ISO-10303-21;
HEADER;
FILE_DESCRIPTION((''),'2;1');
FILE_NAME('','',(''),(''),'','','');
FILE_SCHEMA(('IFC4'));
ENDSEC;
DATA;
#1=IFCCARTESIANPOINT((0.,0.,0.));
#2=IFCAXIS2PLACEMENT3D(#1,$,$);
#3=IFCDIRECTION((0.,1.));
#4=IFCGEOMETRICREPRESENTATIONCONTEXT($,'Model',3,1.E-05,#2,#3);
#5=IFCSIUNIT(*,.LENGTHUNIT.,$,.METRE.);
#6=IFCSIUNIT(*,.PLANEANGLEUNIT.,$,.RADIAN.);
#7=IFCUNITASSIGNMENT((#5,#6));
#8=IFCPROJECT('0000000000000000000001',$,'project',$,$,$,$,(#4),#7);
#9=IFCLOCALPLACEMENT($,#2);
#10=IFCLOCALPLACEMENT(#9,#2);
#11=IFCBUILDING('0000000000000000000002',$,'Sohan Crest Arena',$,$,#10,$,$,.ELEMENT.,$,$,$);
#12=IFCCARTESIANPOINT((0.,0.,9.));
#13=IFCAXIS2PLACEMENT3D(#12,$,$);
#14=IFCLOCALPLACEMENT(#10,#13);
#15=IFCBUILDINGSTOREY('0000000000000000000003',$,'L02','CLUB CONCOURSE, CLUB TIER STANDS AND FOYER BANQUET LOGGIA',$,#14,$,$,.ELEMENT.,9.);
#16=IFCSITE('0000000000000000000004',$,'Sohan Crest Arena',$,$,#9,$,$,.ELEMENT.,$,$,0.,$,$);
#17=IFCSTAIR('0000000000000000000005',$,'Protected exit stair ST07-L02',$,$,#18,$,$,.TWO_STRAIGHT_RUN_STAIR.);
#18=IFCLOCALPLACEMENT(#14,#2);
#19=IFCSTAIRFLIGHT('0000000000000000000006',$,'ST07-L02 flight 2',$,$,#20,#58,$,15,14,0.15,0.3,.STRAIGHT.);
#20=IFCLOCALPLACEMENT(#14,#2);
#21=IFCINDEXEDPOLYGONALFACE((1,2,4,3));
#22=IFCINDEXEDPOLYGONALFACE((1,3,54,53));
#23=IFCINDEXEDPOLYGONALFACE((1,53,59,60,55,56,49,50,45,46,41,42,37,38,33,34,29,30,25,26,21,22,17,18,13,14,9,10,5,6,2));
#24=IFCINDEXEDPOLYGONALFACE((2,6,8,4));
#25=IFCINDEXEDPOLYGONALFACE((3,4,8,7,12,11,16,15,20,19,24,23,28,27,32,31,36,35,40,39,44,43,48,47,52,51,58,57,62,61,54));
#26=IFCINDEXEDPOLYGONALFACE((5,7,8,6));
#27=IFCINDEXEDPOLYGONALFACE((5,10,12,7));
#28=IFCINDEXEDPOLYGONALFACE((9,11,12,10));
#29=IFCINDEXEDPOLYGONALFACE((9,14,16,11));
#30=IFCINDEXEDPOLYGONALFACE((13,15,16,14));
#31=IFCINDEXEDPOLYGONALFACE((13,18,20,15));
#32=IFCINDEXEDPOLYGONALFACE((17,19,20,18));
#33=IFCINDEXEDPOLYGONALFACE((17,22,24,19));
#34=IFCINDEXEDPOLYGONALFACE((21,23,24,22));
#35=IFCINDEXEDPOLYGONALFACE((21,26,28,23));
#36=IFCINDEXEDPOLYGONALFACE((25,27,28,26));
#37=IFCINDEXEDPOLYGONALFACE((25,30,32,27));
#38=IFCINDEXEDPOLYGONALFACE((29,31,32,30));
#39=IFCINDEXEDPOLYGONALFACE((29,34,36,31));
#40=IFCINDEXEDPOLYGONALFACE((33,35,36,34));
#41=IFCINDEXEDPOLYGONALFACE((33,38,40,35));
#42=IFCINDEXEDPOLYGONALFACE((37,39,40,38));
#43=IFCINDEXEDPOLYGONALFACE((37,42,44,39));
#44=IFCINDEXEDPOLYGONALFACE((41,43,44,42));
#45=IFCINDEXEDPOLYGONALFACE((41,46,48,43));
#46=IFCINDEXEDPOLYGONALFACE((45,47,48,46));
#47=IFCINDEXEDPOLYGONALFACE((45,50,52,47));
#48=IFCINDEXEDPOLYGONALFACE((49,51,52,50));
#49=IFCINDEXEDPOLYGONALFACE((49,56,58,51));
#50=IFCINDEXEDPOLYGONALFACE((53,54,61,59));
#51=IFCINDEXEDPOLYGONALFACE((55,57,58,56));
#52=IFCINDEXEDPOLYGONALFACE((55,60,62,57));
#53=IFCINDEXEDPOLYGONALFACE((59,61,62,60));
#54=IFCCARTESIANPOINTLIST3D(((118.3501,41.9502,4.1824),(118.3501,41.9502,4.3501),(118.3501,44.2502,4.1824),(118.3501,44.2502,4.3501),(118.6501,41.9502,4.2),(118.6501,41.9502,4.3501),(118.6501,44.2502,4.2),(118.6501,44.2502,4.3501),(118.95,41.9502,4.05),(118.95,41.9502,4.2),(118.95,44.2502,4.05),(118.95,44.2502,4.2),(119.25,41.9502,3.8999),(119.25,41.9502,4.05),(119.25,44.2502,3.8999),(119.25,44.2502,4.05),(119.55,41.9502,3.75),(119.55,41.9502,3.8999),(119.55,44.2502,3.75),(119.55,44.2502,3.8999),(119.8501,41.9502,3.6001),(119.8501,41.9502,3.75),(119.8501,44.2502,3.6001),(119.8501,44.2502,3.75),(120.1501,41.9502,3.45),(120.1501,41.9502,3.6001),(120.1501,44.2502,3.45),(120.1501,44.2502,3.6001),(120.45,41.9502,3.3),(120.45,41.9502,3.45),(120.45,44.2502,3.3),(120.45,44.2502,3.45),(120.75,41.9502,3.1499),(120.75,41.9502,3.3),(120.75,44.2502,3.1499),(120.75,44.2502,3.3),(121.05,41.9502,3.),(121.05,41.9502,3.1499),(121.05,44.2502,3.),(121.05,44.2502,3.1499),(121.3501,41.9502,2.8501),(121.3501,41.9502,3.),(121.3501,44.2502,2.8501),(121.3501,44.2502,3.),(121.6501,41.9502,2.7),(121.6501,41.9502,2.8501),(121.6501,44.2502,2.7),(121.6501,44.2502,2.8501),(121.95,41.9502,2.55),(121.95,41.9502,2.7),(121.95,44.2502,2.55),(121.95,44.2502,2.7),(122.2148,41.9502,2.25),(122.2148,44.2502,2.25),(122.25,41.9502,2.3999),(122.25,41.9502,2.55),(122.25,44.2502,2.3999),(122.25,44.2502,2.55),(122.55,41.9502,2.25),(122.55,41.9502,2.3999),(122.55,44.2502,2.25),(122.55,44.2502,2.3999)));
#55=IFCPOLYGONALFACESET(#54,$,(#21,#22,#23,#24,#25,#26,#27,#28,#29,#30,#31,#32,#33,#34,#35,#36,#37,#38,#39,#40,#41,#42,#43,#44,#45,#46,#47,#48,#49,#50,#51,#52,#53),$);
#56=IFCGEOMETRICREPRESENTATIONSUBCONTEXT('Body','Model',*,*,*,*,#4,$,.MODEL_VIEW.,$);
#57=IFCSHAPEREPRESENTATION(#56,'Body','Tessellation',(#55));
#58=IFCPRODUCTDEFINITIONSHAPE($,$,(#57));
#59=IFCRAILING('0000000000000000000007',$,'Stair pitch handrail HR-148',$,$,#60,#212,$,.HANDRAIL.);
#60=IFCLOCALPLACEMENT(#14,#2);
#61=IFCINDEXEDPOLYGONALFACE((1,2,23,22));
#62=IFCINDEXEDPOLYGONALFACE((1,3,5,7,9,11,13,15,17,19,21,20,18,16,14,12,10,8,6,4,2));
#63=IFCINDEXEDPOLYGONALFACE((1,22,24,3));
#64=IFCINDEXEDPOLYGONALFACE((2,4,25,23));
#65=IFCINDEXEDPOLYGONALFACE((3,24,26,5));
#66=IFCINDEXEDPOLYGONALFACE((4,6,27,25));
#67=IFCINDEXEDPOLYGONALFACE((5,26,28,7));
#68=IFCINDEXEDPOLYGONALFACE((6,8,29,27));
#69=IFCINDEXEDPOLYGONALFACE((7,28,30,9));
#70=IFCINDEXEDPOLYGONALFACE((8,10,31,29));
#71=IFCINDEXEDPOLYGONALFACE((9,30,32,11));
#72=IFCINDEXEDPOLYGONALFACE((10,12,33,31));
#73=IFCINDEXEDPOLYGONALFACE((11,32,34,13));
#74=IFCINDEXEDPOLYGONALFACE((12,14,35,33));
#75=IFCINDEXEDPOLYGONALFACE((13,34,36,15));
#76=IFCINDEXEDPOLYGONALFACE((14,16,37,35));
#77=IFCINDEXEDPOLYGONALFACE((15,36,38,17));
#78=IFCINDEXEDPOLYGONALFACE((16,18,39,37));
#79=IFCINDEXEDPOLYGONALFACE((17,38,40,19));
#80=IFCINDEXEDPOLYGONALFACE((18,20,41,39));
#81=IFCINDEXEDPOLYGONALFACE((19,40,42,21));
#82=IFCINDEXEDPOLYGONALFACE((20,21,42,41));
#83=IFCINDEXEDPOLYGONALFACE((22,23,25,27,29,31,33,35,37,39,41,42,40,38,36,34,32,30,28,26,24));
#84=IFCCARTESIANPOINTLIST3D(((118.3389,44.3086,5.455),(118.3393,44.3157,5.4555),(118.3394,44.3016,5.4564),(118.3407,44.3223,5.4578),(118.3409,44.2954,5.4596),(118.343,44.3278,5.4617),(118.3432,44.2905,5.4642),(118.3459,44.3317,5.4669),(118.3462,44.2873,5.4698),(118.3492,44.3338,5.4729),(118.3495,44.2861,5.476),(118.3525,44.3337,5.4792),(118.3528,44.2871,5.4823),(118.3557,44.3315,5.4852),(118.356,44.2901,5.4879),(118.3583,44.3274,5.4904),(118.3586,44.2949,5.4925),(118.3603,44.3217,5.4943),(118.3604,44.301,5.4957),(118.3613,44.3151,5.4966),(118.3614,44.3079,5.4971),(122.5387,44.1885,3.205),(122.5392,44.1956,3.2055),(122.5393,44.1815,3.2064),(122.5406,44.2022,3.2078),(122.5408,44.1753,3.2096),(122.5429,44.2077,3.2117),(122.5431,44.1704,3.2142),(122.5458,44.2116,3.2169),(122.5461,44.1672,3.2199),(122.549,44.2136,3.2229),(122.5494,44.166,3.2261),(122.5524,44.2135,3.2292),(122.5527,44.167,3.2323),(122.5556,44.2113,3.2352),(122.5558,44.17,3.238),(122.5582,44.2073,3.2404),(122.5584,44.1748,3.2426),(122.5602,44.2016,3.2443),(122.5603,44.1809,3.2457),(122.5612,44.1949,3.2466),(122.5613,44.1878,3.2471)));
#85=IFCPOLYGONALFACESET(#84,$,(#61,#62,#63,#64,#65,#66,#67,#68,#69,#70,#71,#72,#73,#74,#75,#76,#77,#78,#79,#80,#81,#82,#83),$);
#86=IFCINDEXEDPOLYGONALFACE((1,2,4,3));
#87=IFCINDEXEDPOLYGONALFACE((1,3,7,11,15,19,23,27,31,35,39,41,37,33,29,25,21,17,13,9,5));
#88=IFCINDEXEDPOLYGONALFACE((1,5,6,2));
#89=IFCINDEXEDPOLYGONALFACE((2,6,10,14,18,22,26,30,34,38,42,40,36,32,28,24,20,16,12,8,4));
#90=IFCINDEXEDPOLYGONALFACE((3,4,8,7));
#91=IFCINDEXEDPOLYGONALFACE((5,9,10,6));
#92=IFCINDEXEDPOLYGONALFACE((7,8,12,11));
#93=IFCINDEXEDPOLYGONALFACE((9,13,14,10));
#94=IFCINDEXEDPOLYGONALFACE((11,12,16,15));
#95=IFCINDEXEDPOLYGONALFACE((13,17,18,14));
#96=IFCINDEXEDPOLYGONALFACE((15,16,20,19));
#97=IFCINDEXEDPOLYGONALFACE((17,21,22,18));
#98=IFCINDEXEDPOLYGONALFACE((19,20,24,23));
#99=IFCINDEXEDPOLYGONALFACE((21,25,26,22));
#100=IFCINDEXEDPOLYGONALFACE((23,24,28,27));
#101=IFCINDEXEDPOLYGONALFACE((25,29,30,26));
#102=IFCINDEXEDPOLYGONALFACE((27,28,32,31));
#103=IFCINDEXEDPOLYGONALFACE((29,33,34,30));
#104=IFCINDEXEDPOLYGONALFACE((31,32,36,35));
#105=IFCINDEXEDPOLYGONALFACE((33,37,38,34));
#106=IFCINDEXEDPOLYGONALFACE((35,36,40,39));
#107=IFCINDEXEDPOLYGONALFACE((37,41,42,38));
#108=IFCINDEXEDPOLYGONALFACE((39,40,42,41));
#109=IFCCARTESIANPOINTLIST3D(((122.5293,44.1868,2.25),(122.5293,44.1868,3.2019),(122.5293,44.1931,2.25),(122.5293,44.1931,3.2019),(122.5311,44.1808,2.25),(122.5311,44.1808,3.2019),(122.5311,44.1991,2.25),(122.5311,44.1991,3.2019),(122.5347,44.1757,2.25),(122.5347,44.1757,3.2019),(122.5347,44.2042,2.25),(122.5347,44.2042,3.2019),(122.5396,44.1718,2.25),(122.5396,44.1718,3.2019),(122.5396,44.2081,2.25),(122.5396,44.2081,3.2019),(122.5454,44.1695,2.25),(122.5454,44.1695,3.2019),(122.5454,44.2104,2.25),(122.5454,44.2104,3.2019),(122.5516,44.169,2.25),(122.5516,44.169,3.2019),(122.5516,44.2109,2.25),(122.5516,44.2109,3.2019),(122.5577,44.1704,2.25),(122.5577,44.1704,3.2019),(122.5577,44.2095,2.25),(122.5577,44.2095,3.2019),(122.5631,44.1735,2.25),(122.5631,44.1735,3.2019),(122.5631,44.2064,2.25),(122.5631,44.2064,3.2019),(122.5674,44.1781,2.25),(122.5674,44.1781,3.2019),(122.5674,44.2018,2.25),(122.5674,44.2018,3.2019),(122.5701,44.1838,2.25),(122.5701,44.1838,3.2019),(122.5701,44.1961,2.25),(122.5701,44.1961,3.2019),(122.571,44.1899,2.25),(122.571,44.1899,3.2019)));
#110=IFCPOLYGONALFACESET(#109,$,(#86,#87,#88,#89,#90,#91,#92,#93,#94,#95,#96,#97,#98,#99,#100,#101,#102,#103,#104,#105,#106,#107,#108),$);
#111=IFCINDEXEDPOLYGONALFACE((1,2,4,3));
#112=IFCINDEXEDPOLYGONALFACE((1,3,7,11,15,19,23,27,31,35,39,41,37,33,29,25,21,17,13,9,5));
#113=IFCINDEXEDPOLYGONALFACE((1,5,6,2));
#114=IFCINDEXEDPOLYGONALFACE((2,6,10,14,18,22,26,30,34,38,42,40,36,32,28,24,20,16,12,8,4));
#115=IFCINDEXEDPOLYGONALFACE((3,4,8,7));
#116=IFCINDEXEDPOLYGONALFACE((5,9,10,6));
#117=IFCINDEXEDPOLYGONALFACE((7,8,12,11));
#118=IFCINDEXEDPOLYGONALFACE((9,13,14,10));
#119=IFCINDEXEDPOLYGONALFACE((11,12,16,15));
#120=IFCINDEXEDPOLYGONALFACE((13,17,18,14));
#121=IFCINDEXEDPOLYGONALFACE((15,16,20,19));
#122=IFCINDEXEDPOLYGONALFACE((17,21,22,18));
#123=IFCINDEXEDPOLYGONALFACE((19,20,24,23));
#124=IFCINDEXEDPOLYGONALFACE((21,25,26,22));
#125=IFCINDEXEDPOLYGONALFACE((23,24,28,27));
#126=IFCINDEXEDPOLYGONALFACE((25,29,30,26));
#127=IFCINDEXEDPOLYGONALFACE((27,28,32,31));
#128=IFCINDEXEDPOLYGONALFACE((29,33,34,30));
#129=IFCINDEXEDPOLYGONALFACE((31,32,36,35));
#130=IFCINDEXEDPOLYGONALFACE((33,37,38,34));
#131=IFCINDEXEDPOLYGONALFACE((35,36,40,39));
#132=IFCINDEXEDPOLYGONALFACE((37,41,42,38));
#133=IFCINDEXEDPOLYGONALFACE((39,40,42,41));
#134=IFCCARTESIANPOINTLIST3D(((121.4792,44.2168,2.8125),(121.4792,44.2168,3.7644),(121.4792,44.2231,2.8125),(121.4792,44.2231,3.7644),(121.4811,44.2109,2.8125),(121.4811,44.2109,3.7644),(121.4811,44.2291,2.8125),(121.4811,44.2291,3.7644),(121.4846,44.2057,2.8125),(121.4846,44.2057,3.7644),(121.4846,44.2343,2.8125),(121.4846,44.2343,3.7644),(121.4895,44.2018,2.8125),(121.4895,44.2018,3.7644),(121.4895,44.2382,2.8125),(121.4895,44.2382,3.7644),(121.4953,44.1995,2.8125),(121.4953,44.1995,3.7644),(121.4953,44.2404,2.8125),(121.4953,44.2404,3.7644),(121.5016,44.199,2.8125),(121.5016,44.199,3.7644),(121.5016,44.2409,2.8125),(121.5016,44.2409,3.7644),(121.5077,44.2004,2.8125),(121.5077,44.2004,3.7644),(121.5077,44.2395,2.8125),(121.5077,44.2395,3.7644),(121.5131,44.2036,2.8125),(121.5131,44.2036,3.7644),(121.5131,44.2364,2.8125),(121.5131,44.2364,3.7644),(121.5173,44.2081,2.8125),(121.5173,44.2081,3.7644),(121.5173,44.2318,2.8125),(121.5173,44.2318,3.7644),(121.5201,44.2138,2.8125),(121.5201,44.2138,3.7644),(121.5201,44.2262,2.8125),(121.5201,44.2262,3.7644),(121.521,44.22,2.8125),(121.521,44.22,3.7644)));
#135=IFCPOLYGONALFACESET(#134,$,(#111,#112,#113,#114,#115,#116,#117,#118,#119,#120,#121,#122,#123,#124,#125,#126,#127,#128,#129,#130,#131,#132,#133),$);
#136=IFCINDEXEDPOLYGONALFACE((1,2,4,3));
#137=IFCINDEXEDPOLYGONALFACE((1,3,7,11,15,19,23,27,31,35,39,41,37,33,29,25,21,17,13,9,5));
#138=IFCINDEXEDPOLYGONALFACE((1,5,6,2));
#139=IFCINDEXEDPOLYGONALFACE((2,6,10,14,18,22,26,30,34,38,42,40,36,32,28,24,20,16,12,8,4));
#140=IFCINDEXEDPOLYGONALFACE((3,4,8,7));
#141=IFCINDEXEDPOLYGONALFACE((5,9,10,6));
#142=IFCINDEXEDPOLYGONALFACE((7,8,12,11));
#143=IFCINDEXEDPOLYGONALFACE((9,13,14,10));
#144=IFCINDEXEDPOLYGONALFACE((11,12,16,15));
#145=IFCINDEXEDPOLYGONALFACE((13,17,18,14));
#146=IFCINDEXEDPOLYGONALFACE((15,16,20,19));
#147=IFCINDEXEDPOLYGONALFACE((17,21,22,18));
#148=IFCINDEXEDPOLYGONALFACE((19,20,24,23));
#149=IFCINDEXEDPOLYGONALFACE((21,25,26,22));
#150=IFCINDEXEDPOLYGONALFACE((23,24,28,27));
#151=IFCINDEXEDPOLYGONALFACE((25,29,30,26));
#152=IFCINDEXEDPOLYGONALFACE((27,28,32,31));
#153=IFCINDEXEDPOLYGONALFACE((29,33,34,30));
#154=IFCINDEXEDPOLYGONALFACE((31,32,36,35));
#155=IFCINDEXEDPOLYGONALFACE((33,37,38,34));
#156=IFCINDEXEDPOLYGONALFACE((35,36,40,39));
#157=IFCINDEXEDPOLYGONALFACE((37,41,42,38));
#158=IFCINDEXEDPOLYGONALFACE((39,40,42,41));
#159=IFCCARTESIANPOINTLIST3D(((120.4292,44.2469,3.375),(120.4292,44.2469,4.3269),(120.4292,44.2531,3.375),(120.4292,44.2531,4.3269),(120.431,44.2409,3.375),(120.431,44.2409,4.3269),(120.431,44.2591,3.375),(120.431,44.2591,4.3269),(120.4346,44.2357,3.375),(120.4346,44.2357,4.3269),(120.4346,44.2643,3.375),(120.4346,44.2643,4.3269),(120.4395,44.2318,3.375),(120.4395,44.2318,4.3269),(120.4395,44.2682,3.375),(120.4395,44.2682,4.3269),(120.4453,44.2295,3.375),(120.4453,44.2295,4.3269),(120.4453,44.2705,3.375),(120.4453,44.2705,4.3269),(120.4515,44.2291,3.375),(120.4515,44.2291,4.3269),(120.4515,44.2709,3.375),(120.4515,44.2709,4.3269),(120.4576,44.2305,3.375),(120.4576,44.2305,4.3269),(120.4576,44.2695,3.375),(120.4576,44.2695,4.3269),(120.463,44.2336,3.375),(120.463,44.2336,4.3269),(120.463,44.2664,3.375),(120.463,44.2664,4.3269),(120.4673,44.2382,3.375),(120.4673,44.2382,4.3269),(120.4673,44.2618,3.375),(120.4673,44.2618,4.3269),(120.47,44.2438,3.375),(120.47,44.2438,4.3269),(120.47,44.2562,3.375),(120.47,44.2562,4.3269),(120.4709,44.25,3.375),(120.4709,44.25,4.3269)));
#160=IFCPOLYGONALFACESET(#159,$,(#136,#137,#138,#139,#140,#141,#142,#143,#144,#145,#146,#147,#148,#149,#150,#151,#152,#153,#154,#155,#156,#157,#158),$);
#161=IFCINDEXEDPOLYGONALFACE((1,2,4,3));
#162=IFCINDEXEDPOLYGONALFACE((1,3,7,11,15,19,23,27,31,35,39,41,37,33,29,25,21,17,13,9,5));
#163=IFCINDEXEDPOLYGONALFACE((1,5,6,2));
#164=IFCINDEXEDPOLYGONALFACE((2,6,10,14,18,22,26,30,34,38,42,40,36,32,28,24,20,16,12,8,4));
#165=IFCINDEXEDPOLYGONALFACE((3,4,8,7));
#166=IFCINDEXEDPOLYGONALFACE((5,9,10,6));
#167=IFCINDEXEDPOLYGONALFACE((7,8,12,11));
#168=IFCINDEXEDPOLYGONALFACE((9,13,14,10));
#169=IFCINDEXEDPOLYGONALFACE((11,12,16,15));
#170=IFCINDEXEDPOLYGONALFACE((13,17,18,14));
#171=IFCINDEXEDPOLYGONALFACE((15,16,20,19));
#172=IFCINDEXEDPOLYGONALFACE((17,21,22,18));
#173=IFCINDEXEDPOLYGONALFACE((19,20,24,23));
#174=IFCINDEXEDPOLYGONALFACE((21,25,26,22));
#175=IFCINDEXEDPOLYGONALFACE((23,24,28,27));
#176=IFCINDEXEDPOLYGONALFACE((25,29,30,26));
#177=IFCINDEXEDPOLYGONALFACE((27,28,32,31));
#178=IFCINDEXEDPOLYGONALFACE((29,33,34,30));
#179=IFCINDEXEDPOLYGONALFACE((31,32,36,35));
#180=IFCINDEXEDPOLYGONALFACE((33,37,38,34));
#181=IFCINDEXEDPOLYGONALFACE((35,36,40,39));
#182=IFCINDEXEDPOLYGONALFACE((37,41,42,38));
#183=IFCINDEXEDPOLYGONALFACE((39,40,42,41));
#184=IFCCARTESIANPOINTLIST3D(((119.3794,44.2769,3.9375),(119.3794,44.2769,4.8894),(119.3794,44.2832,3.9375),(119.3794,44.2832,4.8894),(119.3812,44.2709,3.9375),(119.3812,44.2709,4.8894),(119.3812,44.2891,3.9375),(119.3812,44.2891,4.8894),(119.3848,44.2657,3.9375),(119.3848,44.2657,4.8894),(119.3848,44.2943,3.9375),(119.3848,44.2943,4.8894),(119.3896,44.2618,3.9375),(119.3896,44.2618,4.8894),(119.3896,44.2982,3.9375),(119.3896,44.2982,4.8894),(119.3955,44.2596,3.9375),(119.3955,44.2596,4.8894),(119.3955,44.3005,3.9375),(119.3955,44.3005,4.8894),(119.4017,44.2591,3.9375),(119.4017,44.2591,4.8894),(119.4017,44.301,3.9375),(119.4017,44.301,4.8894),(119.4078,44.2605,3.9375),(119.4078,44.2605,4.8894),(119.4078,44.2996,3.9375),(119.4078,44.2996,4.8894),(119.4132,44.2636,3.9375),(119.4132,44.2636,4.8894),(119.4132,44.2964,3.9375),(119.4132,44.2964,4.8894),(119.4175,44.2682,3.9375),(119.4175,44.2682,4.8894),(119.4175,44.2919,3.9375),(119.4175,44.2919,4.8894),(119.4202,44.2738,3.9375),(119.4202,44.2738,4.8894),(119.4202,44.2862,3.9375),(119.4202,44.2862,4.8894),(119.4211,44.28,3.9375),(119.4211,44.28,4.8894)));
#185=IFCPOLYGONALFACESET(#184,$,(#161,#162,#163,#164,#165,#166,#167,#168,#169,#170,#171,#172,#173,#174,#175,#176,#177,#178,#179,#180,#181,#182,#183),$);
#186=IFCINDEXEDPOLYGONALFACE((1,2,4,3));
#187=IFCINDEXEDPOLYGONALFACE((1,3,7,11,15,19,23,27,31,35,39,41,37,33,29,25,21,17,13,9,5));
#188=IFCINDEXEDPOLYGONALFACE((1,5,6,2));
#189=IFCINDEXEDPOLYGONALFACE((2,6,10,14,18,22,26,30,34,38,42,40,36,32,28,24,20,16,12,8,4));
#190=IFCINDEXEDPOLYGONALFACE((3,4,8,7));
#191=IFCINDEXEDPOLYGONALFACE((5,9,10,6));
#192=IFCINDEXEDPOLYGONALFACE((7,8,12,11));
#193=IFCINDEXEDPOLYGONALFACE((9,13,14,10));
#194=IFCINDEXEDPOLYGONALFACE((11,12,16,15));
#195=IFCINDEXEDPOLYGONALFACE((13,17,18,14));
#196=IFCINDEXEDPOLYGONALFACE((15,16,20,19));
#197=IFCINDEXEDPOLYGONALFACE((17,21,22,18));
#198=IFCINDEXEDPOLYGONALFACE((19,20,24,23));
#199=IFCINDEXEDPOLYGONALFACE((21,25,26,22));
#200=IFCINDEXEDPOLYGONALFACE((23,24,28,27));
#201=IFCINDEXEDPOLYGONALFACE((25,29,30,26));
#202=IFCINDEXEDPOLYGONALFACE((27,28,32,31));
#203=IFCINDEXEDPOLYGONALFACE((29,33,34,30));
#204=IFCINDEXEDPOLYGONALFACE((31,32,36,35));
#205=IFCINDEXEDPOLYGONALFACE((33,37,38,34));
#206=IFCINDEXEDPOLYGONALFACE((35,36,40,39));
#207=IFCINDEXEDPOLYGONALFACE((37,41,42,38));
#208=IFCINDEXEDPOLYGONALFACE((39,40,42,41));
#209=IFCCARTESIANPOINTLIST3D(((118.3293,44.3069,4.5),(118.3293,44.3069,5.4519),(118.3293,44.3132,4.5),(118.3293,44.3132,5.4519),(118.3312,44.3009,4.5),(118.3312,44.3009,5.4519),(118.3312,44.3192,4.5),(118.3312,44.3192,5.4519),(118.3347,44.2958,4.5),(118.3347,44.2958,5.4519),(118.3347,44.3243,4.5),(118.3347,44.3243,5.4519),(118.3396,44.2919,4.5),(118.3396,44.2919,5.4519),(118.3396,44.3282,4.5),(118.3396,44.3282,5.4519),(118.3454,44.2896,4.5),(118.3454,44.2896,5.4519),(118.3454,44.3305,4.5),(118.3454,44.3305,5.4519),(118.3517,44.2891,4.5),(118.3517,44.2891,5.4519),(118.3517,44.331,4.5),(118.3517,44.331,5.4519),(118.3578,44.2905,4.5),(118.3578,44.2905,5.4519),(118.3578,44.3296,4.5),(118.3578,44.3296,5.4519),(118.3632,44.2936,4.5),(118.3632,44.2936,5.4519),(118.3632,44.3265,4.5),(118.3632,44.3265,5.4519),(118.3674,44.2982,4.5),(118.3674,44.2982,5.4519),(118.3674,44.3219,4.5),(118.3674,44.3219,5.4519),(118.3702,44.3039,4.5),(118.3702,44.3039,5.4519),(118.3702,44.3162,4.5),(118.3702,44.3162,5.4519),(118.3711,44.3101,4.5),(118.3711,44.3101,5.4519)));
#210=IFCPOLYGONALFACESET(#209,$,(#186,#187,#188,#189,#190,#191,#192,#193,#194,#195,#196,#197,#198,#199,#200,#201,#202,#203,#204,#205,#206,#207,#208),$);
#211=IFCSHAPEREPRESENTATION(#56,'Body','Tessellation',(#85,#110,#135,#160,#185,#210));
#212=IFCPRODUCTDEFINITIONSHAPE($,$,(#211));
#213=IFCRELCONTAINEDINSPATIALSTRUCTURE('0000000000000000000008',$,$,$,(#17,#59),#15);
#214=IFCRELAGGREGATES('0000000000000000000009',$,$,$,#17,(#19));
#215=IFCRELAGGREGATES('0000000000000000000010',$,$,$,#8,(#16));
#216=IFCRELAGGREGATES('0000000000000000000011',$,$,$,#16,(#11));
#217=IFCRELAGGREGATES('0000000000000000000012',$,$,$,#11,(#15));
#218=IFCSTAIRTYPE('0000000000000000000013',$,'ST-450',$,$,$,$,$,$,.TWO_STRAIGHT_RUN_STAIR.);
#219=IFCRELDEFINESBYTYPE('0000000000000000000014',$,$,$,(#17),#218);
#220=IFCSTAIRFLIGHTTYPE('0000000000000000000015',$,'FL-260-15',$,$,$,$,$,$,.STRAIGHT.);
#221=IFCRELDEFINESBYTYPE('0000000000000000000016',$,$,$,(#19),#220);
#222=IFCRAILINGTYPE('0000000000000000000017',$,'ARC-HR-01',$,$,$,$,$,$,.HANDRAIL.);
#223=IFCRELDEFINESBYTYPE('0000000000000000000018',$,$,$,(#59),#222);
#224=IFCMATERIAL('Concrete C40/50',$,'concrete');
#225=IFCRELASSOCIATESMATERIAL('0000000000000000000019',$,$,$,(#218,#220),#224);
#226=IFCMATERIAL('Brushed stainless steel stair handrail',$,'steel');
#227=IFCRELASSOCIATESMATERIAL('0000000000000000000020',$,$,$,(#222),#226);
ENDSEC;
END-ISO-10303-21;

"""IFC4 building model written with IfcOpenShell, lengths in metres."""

from ifc_helpers import new_model, si_unit, direction, frame, origin, origin_2d, place, context, subcontext, project, spatial, polyline, circle, outline, extrude, material, type_object, element, aggregate, save


model = new_model("IFC4")

# Units and contexts
model_context = context("Model", 3, precision=1e-05, world=origin(), true_north=direction((0.0, 1.0)))
body_context = subcontext(model_context, "Body", "Model", "MODEL_VIEW")
ifc_project = project(units=[si_unit("LENGTHUNIT", "METRE"), si_unit("PLANEANGLEUNIT", "RADIAN")], contexts=[model_context])

# Site, building, storey
site_placement = place(None, origin())
site = spatial("IfcSite", under=ifc_project, at=site_placement, Name="Sohan Crest Arena", CompositionType="ELEMENT", RefElevation=0.0)
building_placement = place(site_placement, origin())
building = spatial("IfcBuilding", under=site, at=building_placement, Name="Sohan Crest Arena", CompositionType="ELEMENT")
storey_placement = place(building_placement, frame((0.0, 0.0, 9.0)))
storey = spatial("IfcBuildingStorey", under=building, at=storey_placement, Name="L02", Description="CLUB CONCOURSE, CLUB TIER STANDS AND FOYER BANQUET LOGGIA", CompositionType="ELEMENT", Elevation=9.0)

# Shared definitions
ifc_material_1 = material(Name="Concrete C40/50", Category="concrete")

# Stair, stair flight
stair_type_1 = type_object("IfcStairType", Name="ST-450", PredefinedType="TWO_STRAIGHT_RUN_STAIR", material=ifc_material_1)
stair_1_placement = place(storey_placement, origin())
stair_1 = element("IfcStair", 1, at=stair_1_placement, inside=storey, type_object=stair_type_1, Name="Protected exit stair ST07-L02", PredefinedType="TWO_STRAIGHT_RUN_STAIR")
stair_flight_type_1 = type_object("IfcStairFlightType", Name="FL-260-15", PredefinedType="STRAIGHT", material=ifc_material_1)
stair_flight_1_placement = place(storey_placement, frame((122.55, 43.1001, 2.25), z_axis=(0.0, 0.0, 1.0), x_axis=(-1.0, 0.0, 0.0)))
stair_flight_1 = element("IfcStairFlight", 2, at=stair_flight_1_placement, type_object=stair_flight_type_1, Name="ST07-L02 flight 2", NumberOfRisers=15, NumberOfTreads=14, PredefinedType="STRAIGHT", RiserHeight=0.15, TreadLength=0.3, context=body_context, shape_type="SweptSolid", body=[
    extrude(outline(polyline([(0.0, 0.0), (0.0, 0.1499), (0.3, 0.1499), (0.3, 0.3), (0.6001, 0.3), (0.6001, 0.45), (0.8999, 0.45), (0.8999, 0.6001), (1.2, 0.6001), (1.2, 0.75), (1.5, 0.75), (1.5, 0.8999), (1.8, 0.8999), (1.8, 1.05), (2.1001, 1.05), (2.1001, 1.2), (2.3999, 1.2), (2.3999, 1.3501), (2.7, 1.3501), (2.7, 1.5), (3.0, 1.5), (3.0, 1.6499), (3.3, 1.6499), (3.3, 1.8), (3.6001, 1.8), (3.6001, 1.95), (3.8999, 1.95), (3.8999, 2.1001), (4.2, 2.1001), (4.2, 2.25), (4.2, 1.9324), (0.3352, 0.0), (0.0, 0.0)])), frame((0.0, 1.1499, 0.0), z_axis=(0.0, -1.0, 0.0), x_axis=(1.0, 0.0, 0.0)), (0.0, 0.0, 1.0), 2.3),
])
aggregate(stair_1, [stair_flight_1])

# Railing
ifc_material_2 = material(Name="Brushed stainless steel stair handrail", Category="steel")
railing_type = type_object("IfcRailingType", Name="ARC-HR-01", PredefinedType="HANDRAIL", material=ifc_material_2)
railing_placement = place(storey_placement, frame((122.55, 44.1899, 2.25)))
element("IfcRailing", 3, at=railing_placement, inside=storey, type_object=railing_type, Name="Stair pitch handrail HR-148", PredefinedType="HANDRAIL", context=body_context, shape_type="SweptSolid", body=[
    extrude(circle(Radius=0.0239, at=origin_2d()), frame((0.0, 0.0, 0.9761), z_axis=(-0.881198, 0.025202, 0.472076), x_axis=(-0.028588, -0.999591, 0.0)), (0.0, 0.0, 1.0), 4.7661),
    extrude(circle(Radius=0.021, at=origin_2d()), origin(), (0.0, 0.0, 1.0), 0.9519),
    extrude(circle(Radius=0.021, at=origin_2d()), frame((-1.05, 0.03, 0.5625)), (0.0, 0.0, 1.0), 0.9519),
    extrude(circle(Radius=0.021, at=origin_2d()), frame((-2.1001, 0.0601, 1.125)), (0.0, 0.0, 1.0), 0.9519),
    extrude(circle(Radius=0.021, at=origin_2d()), frame((-3.1499, 0.0901, 1.6875)), (0.0, 0.0, 1.0), 0.9519),
    extrude(circle(Radius=0.021, at=origin_2d()), frame((-4.2, 0.1201, 2.25)), (0.0, 0.0, 1.0), 0.9519),
])

save(model, "model.ifc")
